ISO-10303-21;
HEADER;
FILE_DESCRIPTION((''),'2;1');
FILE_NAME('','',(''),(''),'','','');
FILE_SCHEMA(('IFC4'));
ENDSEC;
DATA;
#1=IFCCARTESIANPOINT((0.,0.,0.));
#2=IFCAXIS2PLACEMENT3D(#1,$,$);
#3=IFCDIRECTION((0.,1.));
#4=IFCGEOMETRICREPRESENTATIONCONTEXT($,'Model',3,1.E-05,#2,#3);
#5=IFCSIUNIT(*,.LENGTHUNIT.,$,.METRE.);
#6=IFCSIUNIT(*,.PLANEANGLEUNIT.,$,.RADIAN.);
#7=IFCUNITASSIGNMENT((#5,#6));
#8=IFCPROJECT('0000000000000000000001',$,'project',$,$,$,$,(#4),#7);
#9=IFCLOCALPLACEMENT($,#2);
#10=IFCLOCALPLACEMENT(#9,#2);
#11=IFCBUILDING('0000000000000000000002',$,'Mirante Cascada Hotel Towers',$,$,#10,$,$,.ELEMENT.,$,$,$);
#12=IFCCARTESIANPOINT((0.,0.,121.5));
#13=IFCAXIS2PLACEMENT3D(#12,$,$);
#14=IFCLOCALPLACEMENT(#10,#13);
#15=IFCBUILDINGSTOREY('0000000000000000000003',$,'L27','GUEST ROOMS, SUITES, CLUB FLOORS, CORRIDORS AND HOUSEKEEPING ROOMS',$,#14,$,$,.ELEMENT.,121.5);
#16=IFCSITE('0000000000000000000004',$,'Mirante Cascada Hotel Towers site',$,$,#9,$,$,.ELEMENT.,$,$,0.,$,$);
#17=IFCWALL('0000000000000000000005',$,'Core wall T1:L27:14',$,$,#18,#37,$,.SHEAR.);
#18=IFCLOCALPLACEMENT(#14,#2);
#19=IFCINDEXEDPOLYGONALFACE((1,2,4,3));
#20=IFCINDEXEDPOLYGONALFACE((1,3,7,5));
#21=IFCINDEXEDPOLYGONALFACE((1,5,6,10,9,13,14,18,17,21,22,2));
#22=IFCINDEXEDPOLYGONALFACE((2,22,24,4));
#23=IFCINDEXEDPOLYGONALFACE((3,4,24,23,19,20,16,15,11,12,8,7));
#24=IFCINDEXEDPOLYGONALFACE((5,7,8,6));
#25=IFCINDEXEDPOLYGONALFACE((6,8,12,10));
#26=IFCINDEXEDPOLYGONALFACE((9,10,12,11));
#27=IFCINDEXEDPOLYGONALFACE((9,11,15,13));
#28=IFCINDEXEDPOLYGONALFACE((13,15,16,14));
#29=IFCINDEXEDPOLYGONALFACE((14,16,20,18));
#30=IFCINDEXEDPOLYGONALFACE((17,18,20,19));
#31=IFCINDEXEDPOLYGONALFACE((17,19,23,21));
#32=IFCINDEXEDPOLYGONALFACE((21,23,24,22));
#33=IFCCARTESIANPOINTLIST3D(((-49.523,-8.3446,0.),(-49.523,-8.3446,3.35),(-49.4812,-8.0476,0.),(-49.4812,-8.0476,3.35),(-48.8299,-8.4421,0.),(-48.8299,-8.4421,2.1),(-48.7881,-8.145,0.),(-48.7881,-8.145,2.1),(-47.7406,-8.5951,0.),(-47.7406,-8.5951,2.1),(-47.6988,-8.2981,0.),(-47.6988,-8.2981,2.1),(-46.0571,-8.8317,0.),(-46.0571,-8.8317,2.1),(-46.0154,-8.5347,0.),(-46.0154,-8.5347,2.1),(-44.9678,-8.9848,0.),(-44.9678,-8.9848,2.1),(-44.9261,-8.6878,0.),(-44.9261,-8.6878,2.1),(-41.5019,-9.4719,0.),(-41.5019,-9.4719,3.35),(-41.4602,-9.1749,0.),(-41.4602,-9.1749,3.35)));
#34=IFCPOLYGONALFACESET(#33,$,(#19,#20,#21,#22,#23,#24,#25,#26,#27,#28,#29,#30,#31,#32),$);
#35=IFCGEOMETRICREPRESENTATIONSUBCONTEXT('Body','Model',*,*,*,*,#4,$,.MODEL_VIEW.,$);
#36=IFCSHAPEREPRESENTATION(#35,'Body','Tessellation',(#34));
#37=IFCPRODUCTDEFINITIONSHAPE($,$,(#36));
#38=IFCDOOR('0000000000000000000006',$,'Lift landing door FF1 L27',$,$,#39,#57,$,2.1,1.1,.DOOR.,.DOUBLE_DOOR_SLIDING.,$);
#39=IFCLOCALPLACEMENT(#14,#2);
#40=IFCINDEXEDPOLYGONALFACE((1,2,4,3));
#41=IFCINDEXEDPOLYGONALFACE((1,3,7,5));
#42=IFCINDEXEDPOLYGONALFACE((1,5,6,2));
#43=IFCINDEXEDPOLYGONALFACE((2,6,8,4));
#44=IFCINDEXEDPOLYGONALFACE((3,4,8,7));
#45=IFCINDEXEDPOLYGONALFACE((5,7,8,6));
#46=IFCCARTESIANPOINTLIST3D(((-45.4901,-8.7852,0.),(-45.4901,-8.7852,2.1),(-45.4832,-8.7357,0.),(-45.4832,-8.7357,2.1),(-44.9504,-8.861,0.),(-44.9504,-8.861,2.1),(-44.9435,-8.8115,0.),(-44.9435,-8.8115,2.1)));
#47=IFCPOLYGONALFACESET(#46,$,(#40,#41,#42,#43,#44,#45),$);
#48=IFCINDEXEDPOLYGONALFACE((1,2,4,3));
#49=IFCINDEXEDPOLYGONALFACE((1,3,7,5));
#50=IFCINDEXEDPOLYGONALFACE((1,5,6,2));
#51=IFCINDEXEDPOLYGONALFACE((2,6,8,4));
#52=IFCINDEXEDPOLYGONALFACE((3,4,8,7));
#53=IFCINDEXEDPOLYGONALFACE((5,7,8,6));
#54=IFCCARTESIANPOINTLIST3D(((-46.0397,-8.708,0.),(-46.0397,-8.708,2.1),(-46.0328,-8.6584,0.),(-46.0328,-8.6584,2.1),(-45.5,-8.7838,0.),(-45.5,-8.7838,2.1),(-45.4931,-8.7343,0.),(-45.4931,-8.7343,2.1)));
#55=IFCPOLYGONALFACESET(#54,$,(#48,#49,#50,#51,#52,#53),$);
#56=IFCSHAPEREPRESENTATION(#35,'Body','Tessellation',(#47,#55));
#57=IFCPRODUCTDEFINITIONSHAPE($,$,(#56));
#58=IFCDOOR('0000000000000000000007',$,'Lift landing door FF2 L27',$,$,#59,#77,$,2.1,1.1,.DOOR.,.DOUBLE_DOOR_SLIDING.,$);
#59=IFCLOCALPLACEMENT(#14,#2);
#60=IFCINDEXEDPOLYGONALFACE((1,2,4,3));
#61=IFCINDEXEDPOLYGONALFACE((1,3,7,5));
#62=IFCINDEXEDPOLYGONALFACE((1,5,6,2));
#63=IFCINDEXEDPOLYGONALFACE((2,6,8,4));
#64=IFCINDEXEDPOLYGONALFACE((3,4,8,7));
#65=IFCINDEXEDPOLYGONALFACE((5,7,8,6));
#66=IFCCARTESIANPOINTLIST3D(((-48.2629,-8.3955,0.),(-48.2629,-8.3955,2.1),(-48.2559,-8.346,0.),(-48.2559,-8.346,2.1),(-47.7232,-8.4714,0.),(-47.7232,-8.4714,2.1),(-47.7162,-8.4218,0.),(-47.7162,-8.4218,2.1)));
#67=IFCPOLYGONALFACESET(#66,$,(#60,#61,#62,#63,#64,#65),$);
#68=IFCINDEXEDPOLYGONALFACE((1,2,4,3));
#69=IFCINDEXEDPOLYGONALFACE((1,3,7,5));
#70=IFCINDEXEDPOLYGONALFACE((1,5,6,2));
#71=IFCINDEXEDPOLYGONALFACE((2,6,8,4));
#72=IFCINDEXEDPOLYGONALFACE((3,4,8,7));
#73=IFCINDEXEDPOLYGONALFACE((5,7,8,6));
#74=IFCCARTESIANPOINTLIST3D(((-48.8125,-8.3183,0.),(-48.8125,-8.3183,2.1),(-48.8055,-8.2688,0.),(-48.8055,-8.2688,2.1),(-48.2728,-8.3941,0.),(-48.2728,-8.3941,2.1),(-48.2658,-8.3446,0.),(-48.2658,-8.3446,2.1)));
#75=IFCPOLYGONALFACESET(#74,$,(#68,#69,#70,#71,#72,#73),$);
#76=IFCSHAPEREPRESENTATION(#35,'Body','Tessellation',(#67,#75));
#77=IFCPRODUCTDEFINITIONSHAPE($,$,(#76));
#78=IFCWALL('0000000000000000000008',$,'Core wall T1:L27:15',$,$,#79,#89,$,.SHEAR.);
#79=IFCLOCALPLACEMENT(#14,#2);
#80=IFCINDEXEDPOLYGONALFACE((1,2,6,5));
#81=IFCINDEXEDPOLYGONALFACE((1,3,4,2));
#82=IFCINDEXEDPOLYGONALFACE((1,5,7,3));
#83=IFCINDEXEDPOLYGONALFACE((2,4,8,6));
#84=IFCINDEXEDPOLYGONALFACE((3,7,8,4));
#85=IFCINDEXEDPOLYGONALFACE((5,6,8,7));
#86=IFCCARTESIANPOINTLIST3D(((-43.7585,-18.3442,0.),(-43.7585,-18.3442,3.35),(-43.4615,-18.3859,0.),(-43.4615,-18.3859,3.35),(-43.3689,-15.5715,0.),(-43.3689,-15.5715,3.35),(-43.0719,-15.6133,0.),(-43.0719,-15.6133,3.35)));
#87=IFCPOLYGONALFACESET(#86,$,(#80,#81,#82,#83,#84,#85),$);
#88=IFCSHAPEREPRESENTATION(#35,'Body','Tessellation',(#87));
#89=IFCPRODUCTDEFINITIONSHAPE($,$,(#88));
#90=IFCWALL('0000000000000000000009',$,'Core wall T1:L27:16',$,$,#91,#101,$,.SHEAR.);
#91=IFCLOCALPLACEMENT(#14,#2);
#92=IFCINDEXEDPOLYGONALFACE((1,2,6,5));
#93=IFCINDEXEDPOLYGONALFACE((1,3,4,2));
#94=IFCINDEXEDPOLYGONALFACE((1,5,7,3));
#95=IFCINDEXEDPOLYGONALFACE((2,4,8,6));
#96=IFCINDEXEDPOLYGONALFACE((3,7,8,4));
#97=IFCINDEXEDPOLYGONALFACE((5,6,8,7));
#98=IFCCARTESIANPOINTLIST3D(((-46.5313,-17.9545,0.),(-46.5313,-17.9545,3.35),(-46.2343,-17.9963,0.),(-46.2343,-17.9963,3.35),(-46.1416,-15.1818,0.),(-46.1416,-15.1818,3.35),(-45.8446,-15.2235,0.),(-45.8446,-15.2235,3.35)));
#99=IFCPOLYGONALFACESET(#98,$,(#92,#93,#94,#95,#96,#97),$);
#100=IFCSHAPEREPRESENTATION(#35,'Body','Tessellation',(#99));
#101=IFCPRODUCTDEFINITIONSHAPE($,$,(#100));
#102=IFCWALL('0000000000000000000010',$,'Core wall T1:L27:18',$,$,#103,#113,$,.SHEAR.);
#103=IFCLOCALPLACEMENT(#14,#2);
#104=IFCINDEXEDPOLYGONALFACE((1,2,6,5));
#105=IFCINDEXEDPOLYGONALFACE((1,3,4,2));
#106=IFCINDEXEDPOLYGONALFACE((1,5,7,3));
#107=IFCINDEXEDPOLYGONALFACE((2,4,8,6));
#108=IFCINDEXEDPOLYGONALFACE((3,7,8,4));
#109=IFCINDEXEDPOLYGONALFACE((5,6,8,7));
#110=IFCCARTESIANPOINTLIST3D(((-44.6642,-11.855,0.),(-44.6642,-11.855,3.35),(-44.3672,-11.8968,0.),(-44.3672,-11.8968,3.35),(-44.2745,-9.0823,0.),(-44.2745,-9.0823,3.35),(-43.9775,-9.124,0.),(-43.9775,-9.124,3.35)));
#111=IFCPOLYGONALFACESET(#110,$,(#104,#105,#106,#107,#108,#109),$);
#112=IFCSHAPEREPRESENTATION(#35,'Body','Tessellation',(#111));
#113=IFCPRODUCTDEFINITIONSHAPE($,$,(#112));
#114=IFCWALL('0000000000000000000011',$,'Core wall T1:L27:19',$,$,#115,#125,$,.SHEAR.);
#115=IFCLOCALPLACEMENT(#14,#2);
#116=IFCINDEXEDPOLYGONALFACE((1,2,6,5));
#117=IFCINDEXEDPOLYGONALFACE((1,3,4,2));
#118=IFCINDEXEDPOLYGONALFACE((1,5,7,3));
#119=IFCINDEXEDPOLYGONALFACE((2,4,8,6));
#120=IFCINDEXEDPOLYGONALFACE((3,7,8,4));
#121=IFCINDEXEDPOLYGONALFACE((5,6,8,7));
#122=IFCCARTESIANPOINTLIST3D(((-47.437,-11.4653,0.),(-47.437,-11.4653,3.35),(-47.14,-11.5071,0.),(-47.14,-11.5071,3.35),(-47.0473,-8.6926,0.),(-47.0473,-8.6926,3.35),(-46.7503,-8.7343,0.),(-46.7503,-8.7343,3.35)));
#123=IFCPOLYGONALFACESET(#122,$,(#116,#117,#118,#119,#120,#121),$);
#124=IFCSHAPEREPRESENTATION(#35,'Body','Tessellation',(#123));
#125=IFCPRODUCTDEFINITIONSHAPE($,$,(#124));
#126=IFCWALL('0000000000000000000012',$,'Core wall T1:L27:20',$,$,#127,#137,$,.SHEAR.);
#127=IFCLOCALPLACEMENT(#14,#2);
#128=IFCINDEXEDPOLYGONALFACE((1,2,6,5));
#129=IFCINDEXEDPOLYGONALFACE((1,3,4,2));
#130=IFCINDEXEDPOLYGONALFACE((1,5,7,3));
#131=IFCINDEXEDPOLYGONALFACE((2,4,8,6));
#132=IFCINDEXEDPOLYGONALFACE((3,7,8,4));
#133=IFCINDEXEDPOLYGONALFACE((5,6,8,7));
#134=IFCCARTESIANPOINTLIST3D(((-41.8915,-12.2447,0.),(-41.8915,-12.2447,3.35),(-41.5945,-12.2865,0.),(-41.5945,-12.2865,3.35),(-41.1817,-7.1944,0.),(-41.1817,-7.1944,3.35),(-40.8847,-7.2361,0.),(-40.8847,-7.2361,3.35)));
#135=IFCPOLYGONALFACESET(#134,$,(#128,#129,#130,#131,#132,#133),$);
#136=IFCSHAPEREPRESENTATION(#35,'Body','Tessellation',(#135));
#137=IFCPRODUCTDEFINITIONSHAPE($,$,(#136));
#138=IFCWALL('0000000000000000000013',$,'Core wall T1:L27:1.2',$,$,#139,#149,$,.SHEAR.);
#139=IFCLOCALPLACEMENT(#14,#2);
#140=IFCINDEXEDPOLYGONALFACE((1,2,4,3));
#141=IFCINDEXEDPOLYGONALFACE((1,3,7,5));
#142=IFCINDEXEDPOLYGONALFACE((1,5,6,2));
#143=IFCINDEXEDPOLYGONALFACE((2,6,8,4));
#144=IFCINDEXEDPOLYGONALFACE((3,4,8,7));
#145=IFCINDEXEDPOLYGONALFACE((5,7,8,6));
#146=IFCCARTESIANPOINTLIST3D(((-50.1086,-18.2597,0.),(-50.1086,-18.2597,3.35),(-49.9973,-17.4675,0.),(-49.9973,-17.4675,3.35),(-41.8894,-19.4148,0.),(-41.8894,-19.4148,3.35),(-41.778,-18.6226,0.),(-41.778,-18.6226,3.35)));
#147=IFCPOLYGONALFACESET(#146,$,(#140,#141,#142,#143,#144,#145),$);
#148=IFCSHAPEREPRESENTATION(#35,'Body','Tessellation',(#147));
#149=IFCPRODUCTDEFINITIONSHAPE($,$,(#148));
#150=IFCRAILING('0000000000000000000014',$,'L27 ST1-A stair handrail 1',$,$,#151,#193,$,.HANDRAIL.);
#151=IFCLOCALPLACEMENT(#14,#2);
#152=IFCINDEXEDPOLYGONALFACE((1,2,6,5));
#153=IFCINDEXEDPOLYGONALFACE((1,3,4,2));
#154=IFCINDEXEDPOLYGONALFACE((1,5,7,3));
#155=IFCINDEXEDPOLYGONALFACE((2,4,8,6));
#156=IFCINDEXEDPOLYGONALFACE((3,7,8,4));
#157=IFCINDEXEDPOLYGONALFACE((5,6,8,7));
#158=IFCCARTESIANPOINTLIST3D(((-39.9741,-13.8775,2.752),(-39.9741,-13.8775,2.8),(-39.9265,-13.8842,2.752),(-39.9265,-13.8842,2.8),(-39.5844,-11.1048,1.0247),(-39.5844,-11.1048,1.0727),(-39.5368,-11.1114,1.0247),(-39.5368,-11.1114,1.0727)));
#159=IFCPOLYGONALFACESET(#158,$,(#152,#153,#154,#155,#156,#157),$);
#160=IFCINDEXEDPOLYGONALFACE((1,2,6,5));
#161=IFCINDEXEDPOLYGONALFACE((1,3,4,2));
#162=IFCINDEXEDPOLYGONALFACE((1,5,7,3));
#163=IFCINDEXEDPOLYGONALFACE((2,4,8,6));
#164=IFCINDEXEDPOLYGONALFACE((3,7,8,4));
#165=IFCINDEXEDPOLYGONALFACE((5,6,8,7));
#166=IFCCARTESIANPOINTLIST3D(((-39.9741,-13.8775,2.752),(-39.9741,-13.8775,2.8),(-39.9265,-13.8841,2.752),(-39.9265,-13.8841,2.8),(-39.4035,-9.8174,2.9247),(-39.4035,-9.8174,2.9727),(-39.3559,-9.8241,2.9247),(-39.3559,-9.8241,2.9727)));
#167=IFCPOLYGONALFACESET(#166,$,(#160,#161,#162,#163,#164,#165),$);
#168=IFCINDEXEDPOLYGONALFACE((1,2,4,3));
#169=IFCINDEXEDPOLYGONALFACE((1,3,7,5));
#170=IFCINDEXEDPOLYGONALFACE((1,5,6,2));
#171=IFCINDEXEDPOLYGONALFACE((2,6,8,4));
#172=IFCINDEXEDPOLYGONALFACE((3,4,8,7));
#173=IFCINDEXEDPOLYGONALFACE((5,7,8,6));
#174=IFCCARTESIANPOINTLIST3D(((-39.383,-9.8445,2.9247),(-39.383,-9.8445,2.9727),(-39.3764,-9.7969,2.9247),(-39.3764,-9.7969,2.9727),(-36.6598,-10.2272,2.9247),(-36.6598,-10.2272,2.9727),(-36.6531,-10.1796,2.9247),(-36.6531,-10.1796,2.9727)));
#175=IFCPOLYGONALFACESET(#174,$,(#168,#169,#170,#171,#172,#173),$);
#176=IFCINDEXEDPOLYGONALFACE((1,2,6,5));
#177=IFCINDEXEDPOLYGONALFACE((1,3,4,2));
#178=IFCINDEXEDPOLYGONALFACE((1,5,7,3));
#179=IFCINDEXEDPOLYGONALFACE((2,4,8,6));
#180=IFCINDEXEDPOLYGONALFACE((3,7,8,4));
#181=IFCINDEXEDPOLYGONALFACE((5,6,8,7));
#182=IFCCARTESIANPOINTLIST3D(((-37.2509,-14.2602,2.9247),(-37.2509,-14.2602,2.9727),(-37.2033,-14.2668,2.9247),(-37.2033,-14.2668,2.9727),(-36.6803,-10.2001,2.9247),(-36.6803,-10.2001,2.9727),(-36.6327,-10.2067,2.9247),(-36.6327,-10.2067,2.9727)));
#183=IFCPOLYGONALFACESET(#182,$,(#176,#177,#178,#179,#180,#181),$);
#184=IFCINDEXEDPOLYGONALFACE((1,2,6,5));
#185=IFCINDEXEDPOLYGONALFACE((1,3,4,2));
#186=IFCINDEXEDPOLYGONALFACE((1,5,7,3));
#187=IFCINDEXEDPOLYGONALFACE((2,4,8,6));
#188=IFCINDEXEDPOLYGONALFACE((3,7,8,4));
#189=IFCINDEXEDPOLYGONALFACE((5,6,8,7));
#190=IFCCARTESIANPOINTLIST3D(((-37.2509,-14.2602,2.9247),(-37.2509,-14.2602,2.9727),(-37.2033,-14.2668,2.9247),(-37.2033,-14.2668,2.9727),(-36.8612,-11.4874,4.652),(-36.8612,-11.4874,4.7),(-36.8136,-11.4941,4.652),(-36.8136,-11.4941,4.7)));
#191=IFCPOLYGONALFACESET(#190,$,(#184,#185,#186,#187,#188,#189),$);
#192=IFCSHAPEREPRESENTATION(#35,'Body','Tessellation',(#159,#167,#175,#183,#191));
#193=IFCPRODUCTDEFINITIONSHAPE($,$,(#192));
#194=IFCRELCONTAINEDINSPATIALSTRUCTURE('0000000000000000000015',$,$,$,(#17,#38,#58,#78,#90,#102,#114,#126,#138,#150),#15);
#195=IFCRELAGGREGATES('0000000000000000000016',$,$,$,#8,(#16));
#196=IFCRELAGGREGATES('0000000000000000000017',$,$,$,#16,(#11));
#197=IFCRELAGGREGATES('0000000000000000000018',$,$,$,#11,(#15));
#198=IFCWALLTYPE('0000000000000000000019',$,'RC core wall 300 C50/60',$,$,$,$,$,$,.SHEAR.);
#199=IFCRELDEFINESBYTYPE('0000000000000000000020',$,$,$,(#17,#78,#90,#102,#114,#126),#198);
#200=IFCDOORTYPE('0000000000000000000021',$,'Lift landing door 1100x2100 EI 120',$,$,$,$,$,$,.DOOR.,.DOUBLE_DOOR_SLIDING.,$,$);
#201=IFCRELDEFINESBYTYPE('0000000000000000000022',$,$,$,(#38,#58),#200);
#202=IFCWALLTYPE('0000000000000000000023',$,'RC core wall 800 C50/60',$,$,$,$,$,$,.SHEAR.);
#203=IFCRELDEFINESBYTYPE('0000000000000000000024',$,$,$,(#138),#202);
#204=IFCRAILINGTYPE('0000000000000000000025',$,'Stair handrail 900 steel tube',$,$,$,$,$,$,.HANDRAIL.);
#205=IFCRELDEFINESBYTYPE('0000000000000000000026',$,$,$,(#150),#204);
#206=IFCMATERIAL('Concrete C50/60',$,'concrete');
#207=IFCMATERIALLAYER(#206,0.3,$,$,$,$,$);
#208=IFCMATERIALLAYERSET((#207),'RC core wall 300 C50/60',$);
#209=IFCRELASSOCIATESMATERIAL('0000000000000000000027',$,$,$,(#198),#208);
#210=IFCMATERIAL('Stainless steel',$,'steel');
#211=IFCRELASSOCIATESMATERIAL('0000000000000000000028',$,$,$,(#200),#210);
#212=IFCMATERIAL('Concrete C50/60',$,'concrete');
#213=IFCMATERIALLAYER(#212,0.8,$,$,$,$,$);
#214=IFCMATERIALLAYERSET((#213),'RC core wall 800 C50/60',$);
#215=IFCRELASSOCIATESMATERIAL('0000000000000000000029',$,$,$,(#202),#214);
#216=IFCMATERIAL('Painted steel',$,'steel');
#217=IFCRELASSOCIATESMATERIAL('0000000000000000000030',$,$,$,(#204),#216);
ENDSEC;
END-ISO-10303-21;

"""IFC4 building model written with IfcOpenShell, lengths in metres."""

from ifc_helpers import new_model, si_unit, direction, frame, frame_2d, origin, origin_2d, place, context, subcontext, project, spatial, rectangle, extrude, material, layer, layer_set, type_object, element, fill, save


model = new_model("IFC4")

# Units and contexts
model_context = context("Model", 3, precision=1e-05, world=origin(), true_north=direction((0.0, 1.0)))
body_context = subcontext(model_context, "Body", "Model", "MODEL_VIEW")
ifc_project = project(units=[si_unit("LENGTHUNIT", "METRE"), si_unit("PLANEANGLEUNIT", "RADIAN")], contexts=[model_context])

# Site, building, storey
site_placement = place(None, origin())
site = spatial("IfcSite", under=ifc_project, at=site_placement, Name="Mirante Cascada Hotel Towers site", CompositionType="ELEMENT", RefElevation=0.0)
building_placement = place(site_placement, origin())
building = spatial("IfcBuilding", under=site, at=building_placement, Name="Mirante Cascada Hotel Towers", CompositionType="ELEMENT")
storey_placement = place(building_placement, frame((0.0, 0.0, 121.5)))
storey = spatial("IfcBuildingStorey", under=building, at=storey_placement, Name="L27", Description="GUEST ROOMS, SUITES, CLUB FLOORS, CORRIDORS AND HOUSEKEEPING ROOMS", CompositionType="ELEMENT", Elevation=121.5)

# Shared definitions
ifc_material_1 = material(Name="Concrete C50/60", Category="concrete")
ifc_layer_1 = layer(ifc_material_1, 0.3)
ifc_layer_set_1 = layer_set([ifc_layer_1], Name="RC core wall 300 C50/60")
wall_type_1 = type_object("IfcWallType", Name="RC core wall 300 C50/60", PredefinedType="SHEAR", material=ifc_layer_set_1)

# Shared definitions
ifc_material_2 = material(Name="Stainless steel", Category="steel")
door_type_1 = type_object("IfcDoorType", Name="Lift landing door 1100x2100 EI 120", OperationType="DOUBLE_DOOR_SLIDING", PredefinedType="DOOR", material=ifc_material_2)

# Wall, openings, doors
wall_1_placement = place(storey_placement, frame((-41.481, -9.3234, 0.0), z_axis=(0.0, 0.0, 1.0), x_axis=(-0.990268, 0.139174, 0.0)))
wall_1 = element("IfcWall", 1, at=wall_1_placement, inside=storey, type_object=wall_type_1, Name="Core wall T1:L27:14", PredefinedType="SHEAR", context=body_context, shape_type="SweptSolid", body=[
    extrude(rectangle(XDim=8.0999, YDim=0.3, at=frame_2d((4.05, 0.0))), origin(), (0.0, 0.0, 1.0), 3.35),
])
opening_1_placement = place(wall_1_placement, frame((3.5, 0.0, 0.0)))
opening_1 = element("IfcOpeningElement", 2, at=opening_1_placement, cuts=wall_1, PredefinedType="OPENING", context=body_context, shape_type="SweptSolid", body=[
    extrude(rectangle(XDim=1.1, YDim=2.1, at=frame_2d((0.55, 1.05))), frame((0.0, 0.15, 0.0), z_axis=(0.0, -1.0, 0.0), x_axis=(1.0, 0.0, 0.0)), (0.0, 0.0, 1.0), 0.3),
])
opening_2_placement = place(wall_1_placement, frame((6.3, 0.0, 0.0)))
opening_2 = element("IfcOpeningElement", 3, at=opening_2_placement, cuts=wall_1, PredefinedType="OPENING", context=body_context, shape_type="SweptSolid", body=[
    extrude(rectangle(XDim=1.1, YDim=2.1, at=frame_2d((0.55, 1.05))), frame((0.0, 0.15, 0.0), z_axis=(0.0, -1.0, 0.0), x_axis=(1.0, 0.0, 0.0)), (0.0, 0.0, 1.0), 0.3),
])
door_1_placement = place(opening_1_placement, origin())
door_1 = element("IfcDoor", 4, at=door_1_placement, inside=storey, type_object=door_type_1, Name="Lift landing door FF1 L27", OperationType="DOUBLE_DOOR_SLIDING", OverallHeight=2.1, OverallWidth=1.1, PredefinedType="DOOR", context=body_context, shape_type="SweptSolid", body=[
    extrude(rectangle(XDim=0.545, YDim=2.1, at=frame_2d((0.2725, 1.05))), frame((0.0, 0.025, 0.0), z_axis=(0.0, -1.0, 0.0), x_axis=(1.0, 0.0, 0.0)), (0.0, 0.0, 1.0), 0.05),
    extrude(rectangle(XDim=0.545, YDim=2.1, at=frame_2d((0.8275, 1.05))), frame((0.0, 0.025, 0.0), z_axis=(0.0, -1.0, 0.0), x_axis=(1.0, 0.0, 0.0)), (0.0, 0.0, 1.0), 0.05),
])
fill(opening_1, door_1)
door_2_placement = place(opening_2_placement, origin())
door_2 = element("IfcDoor", 5, at=door_2_placement, inside=storey, type_object=door_type_1, Name="Lift landing door FF2 L27", OperationType="DOUBLE_DOOR_SLIDING", OverallHeight=2.1, OverallWidth=1.1, PredefinedType="DOOR", context=body_context, shape_type="SweptSolid", body=[
    extrude(rectangle(XDim=0.545, YDim=2.1, at=frame_2d((0.2725, 1.05))), frame((0.0, 0.025, 0.0), z_axis=(0.0, -1.0, 0.0), x_axis=(1.0, 0.0, 0.0)), (0.0, 0.0, 1.0), 0.05),
    extrude(rectangle(XDim=0.545, YDim=2.1, at=frame_2d((0.8275, 1.05))), frame((0.0, 0.025, 0.0), z_axis=(0.0, -1.0, 0.0), x_axis=(1.0, 0.0, 0.0)), (0.0, 0.0, 1.0), 0.05),
])
fill(opening_2, door_2)

# Walls
wall_2_placement = place(storey_placement, frame((-43.61, -18.3651, 0.0), z_axis=(0.0, 0.0, 1.0), x_axis=(0.139146, 0.990272, 0.0)))
element("IfcWall", 6, at=wall_2_placement, inside=storey, type_object=wall_type_1, Name="Core wall T1:L27:15", PredefinedType="SHEAR", context=body_context, shape_type="SweptSolid", body=[
    extrude(rectangle(XDim=2.7999, YDim=0.3, at=frame_2d((1.4, 0.0))), origin(), (0.0, 0.0, 1.0), 3.35),
])
for number, where, z_axis, x_axis, name in (
    (7, (-46.3828, -17.9754, 0.0), (0.0, 0.0, 1.0), (0.139181, 0.990267, 0.0), "Core wall T1:L27:16"),
    (8, (-44.5157, -11.8759, 0.0), (0.0, 0.0, 1.0), (0.139181, 0.990267, 0.0), "Core wall T1:L27:18"),
    (9, (-47.2885, -11.4862, 0.0), (0.0, 0.0, 1.0), (0.139181, 0.990267, 0.0), "Core wall T1:L27:19"),
):
    element("IfcWall", number, at=place(storey_placement, frame(where, z_axis=z_axis, x_axis=x_axis)), inside=storey, type_object=wall_type_1, Name=name, PredefinedType="SHEAR", context=body_context, shape_type="SweptSolid", body=[
        extrude(rectangle(XDim=2.8, YDim=0.3, at=frame_2d((1.4, 0.0))), origin(), (0.0, 0.0, 1.0), 3.35),
    ])
wall_3_placement = place(storey_placement, frame((-41.743, -12.2656, 0.0), z_axis=(0.0, 0.0, 1.0), x_axis=(0.139176, 0.990268, 0.0)))
element("IfcWall", 10, at=wall_3_placement, inside=storey, type_object=wall_type_1, Name="Core wall T1:L27:20", PredefinedType="SHEAR", context=body_context, shape_type="SweptSolid", body=[
    extrude(rectangle(XDim=5.1, YDim=0.3, at=frame_2d((2.55, 0.0))), origin(), (0.0, 0.0, 1.0), 3.35),
])
ifc_material_3 = material(Name="Concrete C50/60", Category="concrete")
ifc_layer_2 = layer(ifc_material_3, 0.8)
ifc_layer_set_2 = layer_set([ifc_layer_2], Name="RC core wall 800 C50/60")
wall_type_2 = type_object("IfcWallType", Name="RC core wall 800 C50/60", PredefinedType="SHEAR", material=ifc_layer_set_2)
wall_4_placement = place(storey_placement, frame((-41.8337, -19.0187, 0.0), z_axis=(0.0, 0.0, 1.0), x_axis=(-0.990269, 0.139169, 0.0)))
element("IfcWall", 11, at=wall_4_placement, inside=storey, type_object=wall_type_2, Name="Core wall T1:L27:1.2", PredefinedType="SHEAR", context=body_context, shape_type="SweptSolid", body=[
    extrude(rectangle(XDim=8.3, YDim=0.8, at=frame_2d((4.15, 0.0))), origin(), (0.0, 0.0, 1.0), 3.35),
])

# Railing
ifc_material_4 = material(Name="Painted steel", Category="steel")
railing_type = type_object("IfcRailingType", Name="Stair handrail 900 steel tube", PredefinedType="HANDRAIL", material=ifc_material_4)
railing_placement = place(storey_placement, frame((-39.5606, -11.1081, 0.1727)))
element("IfcRailing", 12, at=railing_placement, inside=storey, type_object=railing_type, Name="L27 ST1-A stair handrail 1", PredefinedType="HANDRAIL", context=body_context, shape_type="SweptSolid", body=[
    extrude(rectangle(XDim=0.048, YDim=0.048, at=origin_2d()), frame((0.0, 0.0, 0.876), z_axis=(-0.139181, -0.990267, 0.0), x_axis=(0.990267, -0.139181, 0.0)), (0.0, 0.525035, 0.851081), 3.2899),
    extrude(rectangle(XDim=0.048, YDim=0.048, at=origin_2d()), frame((-0.3897, -2.7727, 2.6033), z_axis=(0.139171, 0.990268, 0.0), x_axis=(-0.990268, 0.139171, 0.0)), (0.0, 0.042085, 0.999114), 4.1036),
    extrude(rectangle(XDim=0.048, YDim=0.048, at=origin_2d()), frame((0.1809, 1.2874, 2.776), z_axis=(0.990269, -0.139166, 0.0), x_axis=(0.139166, 0.990269, 0.0)), (0.0, 0.0, 1.0), 2.75),
    extrude(rectangle(XDim=0.048, YDim=0.048, at=origin_2d()), frame((2.9041, 0.9047, 2.776), z_axis=(-0.139171, -0.990268, 0.0), x_axis=(0.990268, -0.139171, 0.0)), (0.0, 0.0, 1.0), 4.1),
    extrude(rectangle(XDim=0.048, YDim=0.048, at=origin_2d()), frame((2.3335, -3.1554, 2.776), z_axis=(0.139181, 0.990267, 0.0), x_axis=(-0.990267, 0.139181, 0.0)), (0.0, 0.525035, 0.851081), 3.2899),
])

save(model, "model.ifc")
